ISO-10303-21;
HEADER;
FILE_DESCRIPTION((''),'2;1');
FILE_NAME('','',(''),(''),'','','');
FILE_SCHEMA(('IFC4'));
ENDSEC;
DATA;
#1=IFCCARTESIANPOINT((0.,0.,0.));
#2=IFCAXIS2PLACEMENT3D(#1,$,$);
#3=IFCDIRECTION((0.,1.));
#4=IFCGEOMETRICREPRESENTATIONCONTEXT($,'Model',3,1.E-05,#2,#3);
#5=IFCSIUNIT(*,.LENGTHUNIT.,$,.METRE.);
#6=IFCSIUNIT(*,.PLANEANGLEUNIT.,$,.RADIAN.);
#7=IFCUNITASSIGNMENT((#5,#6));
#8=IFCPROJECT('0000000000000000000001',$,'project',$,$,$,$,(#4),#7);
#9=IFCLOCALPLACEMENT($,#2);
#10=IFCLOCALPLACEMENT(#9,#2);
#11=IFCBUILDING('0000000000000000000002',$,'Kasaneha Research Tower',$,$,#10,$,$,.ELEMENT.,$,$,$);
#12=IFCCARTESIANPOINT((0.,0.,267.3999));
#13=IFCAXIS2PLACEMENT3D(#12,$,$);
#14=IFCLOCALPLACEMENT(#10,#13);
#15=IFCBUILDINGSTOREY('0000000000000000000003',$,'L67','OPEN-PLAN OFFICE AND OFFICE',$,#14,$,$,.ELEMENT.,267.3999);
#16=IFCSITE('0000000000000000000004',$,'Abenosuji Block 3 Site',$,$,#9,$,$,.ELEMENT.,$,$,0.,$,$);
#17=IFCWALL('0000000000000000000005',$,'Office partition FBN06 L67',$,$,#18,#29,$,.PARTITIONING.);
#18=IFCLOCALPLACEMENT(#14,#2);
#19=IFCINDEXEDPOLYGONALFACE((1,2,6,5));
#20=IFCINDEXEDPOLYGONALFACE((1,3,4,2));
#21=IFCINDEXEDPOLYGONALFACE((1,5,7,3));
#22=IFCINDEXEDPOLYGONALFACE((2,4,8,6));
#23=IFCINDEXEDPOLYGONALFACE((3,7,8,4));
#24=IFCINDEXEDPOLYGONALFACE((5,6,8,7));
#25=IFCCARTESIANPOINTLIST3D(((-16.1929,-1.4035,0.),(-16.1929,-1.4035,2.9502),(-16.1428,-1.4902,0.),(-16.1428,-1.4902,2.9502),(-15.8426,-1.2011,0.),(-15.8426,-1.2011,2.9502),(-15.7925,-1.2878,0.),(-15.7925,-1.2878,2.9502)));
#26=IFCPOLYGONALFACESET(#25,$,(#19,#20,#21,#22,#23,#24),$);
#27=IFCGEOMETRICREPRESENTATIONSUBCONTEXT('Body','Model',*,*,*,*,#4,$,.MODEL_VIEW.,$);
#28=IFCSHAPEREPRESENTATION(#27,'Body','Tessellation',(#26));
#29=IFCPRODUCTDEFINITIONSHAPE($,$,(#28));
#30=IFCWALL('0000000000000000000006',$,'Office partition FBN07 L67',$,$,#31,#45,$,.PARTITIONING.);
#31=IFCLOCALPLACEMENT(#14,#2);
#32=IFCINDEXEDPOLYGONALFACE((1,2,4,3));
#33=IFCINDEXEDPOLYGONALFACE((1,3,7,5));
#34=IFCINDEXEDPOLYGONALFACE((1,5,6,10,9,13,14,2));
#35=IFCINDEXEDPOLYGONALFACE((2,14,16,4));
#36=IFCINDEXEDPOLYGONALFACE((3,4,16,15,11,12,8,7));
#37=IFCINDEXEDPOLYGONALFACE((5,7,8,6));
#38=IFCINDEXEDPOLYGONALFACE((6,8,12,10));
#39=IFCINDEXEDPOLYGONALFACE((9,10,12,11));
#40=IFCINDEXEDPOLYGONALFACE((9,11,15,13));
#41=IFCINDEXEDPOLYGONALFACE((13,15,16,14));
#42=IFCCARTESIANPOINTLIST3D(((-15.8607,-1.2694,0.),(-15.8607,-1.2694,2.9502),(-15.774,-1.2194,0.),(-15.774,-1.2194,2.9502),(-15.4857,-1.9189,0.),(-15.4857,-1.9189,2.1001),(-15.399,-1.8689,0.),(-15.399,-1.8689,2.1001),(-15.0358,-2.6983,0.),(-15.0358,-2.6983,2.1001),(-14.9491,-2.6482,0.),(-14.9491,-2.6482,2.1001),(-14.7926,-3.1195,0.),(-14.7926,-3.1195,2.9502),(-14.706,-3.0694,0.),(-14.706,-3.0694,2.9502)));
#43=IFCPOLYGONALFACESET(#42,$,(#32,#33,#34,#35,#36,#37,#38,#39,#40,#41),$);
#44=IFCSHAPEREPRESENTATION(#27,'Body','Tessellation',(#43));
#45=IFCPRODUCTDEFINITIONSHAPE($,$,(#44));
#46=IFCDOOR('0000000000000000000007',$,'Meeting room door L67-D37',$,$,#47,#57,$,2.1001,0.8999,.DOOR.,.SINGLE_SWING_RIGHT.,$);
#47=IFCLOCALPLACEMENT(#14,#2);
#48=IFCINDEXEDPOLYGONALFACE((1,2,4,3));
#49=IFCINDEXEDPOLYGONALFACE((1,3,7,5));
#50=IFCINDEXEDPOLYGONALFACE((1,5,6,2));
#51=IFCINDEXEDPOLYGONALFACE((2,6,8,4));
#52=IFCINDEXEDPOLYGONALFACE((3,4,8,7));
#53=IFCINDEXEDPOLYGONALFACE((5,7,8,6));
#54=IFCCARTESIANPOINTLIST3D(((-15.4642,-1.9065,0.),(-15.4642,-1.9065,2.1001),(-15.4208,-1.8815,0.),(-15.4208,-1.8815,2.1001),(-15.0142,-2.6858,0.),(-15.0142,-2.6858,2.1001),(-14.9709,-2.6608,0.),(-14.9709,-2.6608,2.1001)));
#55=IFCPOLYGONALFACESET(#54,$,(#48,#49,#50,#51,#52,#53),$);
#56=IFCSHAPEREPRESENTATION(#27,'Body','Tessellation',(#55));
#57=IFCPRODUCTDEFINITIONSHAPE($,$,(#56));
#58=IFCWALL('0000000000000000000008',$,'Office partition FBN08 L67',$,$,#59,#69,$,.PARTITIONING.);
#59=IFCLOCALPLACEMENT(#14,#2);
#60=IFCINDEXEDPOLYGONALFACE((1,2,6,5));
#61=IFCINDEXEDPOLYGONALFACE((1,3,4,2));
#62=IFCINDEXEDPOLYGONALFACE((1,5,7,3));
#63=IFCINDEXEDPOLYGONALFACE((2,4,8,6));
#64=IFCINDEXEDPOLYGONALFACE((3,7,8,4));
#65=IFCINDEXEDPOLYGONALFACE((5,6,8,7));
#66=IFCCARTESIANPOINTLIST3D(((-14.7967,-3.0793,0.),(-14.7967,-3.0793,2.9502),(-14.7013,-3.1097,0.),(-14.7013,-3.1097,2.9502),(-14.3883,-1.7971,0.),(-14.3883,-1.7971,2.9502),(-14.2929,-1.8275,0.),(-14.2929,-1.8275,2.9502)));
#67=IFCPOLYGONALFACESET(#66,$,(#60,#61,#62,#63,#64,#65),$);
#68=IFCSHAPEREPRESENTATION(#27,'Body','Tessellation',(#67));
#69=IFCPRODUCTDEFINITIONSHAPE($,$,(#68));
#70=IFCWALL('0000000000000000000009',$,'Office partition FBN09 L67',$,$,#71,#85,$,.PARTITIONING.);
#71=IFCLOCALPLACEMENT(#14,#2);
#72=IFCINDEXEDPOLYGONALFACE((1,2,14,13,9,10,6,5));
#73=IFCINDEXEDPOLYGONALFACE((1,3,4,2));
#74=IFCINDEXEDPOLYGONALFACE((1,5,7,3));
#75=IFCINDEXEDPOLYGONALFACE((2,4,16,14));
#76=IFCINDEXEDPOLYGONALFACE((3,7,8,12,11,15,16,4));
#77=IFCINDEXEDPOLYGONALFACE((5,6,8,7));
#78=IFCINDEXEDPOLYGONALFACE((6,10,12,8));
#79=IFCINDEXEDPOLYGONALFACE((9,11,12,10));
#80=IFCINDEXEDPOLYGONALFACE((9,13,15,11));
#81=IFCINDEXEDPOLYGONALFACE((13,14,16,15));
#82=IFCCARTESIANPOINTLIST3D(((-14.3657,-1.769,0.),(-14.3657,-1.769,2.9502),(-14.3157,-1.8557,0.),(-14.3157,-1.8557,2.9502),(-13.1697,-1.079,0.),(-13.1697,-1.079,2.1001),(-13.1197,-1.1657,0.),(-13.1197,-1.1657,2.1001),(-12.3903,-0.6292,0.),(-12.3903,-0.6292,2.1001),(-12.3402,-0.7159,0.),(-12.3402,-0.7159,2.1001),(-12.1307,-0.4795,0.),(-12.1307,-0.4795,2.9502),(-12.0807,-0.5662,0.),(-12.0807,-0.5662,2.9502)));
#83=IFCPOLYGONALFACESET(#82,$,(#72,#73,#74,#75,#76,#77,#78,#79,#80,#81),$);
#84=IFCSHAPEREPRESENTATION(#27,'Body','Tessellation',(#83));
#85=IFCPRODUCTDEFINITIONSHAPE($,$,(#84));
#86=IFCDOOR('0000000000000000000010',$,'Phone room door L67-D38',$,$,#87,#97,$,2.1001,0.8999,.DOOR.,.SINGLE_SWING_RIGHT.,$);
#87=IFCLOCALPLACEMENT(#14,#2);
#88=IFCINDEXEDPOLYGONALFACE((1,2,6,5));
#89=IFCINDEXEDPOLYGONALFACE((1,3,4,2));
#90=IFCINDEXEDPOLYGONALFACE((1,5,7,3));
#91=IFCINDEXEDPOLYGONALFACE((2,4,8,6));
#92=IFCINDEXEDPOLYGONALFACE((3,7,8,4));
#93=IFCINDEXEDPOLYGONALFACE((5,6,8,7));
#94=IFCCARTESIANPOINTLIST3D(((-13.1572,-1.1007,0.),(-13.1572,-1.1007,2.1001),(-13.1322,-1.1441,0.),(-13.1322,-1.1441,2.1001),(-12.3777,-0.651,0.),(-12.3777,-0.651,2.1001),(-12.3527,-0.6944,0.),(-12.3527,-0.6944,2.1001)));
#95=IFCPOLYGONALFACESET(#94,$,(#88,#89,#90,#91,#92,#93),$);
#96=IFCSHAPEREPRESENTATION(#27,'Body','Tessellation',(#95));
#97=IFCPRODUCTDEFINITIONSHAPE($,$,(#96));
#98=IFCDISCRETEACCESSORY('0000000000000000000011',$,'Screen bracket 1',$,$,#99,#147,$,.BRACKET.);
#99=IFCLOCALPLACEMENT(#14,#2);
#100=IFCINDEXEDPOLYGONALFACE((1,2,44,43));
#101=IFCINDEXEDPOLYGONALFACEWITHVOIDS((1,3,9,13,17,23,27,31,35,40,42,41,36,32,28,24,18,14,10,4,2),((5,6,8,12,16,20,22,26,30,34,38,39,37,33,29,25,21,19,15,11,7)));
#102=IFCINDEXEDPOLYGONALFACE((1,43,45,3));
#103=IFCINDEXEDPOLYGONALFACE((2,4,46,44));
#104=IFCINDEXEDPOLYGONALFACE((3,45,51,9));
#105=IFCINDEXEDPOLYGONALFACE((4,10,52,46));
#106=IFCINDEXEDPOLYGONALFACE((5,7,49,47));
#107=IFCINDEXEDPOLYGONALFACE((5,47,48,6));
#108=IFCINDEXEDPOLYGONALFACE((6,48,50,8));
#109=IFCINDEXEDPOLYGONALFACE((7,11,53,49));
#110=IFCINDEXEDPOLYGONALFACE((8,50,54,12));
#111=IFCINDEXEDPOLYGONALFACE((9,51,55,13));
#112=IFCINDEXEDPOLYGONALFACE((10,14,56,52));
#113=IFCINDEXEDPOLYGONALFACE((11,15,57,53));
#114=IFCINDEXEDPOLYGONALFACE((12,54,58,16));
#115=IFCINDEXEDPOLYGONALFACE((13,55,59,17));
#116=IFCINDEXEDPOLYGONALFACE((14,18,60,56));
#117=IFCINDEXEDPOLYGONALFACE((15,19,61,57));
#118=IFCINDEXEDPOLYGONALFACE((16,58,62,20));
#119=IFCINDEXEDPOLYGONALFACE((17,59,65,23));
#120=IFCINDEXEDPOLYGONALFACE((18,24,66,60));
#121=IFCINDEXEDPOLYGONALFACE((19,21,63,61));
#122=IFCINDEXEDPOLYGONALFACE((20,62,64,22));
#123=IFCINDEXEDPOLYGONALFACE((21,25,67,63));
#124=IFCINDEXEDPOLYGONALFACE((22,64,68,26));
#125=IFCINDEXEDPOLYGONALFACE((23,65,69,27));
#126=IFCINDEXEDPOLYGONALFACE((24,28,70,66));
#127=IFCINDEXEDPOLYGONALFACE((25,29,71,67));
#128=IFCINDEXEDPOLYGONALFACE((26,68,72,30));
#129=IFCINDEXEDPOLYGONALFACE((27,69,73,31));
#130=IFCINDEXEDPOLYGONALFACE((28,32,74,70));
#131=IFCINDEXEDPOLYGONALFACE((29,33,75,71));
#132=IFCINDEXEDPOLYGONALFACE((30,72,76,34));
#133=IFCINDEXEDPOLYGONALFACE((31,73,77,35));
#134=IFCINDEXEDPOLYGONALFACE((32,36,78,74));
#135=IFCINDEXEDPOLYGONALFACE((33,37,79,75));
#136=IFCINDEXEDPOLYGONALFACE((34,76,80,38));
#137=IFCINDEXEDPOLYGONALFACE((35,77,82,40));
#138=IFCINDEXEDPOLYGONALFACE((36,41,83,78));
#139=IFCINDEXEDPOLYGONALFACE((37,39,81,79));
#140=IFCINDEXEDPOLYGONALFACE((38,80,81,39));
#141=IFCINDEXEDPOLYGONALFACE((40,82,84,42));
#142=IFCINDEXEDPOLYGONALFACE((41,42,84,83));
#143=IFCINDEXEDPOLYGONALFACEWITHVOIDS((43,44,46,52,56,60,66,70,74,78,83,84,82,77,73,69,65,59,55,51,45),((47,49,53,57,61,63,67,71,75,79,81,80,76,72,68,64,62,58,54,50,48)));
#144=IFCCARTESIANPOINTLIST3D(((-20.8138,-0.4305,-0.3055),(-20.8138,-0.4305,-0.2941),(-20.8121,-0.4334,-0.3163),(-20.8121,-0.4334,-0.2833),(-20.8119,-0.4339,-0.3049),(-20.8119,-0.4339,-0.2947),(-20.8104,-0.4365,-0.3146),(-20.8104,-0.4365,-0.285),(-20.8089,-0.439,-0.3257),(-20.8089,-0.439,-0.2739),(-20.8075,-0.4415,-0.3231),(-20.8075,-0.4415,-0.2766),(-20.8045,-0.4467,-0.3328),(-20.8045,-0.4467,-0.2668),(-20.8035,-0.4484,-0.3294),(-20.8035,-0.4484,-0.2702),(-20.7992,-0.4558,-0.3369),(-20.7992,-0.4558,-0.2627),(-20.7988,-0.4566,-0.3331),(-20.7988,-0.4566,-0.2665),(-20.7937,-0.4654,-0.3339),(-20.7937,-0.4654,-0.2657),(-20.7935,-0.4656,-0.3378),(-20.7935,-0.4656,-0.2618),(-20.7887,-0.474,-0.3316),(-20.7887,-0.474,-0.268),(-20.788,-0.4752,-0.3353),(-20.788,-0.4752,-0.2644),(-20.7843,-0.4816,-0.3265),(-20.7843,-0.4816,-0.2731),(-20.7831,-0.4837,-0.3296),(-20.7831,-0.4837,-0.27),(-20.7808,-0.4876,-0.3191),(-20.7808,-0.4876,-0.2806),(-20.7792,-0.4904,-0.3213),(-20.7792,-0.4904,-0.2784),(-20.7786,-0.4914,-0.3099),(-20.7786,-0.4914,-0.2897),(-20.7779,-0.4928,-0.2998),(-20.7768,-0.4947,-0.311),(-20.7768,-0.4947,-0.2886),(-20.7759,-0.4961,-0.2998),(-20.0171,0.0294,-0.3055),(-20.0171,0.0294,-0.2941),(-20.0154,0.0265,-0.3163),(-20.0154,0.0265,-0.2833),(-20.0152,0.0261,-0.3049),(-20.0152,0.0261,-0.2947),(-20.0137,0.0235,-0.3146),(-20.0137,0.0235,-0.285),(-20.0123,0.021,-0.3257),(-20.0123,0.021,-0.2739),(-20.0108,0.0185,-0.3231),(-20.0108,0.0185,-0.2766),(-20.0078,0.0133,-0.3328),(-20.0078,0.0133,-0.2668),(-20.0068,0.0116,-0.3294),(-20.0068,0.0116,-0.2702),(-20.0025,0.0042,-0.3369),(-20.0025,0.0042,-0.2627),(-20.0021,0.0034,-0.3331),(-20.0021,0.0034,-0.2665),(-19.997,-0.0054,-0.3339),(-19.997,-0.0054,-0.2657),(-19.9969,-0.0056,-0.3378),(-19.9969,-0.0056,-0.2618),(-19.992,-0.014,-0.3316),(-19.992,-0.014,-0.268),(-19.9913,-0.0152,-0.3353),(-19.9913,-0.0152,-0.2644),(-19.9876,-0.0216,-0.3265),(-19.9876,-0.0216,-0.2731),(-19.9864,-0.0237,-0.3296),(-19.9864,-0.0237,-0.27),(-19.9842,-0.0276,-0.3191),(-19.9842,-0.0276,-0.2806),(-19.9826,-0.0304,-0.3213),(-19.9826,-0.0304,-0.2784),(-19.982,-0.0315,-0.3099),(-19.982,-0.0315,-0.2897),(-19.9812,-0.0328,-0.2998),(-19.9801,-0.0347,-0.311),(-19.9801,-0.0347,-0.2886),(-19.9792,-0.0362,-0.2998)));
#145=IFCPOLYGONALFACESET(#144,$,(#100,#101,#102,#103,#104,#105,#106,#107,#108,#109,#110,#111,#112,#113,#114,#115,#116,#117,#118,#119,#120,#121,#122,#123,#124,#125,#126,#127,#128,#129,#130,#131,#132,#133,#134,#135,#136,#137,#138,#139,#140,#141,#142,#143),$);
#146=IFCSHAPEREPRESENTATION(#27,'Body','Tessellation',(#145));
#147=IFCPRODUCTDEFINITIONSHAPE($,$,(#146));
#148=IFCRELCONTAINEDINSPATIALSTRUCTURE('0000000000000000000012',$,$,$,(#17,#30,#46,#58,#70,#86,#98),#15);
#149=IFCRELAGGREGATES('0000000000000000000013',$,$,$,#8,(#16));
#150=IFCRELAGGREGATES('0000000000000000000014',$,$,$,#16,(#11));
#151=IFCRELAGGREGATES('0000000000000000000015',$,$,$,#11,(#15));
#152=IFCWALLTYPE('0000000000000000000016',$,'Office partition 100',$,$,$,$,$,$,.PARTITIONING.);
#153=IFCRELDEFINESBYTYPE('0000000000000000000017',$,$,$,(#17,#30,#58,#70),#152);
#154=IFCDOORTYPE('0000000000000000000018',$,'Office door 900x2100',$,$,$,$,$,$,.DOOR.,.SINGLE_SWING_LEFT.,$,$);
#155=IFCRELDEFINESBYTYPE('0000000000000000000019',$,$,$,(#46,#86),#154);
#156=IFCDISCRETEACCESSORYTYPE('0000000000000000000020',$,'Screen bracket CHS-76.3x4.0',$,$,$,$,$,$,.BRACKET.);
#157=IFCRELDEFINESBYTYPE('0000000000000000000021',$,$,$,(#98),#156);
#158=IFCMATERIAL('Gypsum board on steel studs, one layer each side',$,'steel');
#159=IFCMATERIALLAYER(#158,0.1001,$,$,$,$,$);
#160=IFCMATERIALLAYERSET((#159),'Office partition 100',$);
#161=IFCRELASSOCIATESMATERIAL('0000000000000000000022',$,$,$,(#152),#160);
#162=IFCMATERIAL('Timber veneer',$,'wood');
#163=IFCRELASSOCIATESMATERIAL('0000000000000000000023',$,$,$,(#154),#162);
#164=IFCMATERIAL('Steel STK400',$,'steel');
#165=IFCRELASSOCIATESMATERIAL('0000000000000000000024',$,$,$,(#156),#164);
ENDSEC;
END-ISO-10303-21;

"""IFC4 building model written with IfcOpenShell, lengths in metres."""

from ifc_helpers import new_model, si_unit, direction, frame, frame_2d, origin, origin_2d, place, context, subcontext, project, spatial, rectangle, hollow_circle, extrude, material, layer, layer_set, material_profile, profile_set, type_object, element, fill, save


model = new_model("IFC4")

# Units and contexts
model_context = context("Model", 3, precision=1e-05, world=origin(), true_north=direction((0.0, 1.0)))
body_context = subcontext(model_context, "Body", "Model", "MODEL_VIEW")
ifc_project = project(units=[si_unit("LENGTHUNIT", "METRE"), si_unit("PLANEANGLEUNIT", "RADIAN")], contexts=[model_context])

# Site, building, storey
site_placement = place(None, origin())
site = spatial("IfcSite", under=ifc_project, at=site_placement, Name="Abenosuji Block 3 Site", CompositionType="ELEMENT", RefElevation=0.0)
building_placement = place(site_placement, origin())
building = spatial("IfcBuilding", under=site, at=building_placement, Name="Kasaneha Research Tower", CompositionType="ELEMENT")
storey_placement = place(building_placement, frame((0.0, 0.0, 267.3999)))
storey = spatial("IfcBuildingStorey", under=building, at=storey_placement, Name="L67", Description="OPEN-PLAN OFFICE AND OFFICE", CompositionType="ELEMENT", Elevation=267.3999)

# Wall
ifc_material_1 = material(Name="Gypsum board on steel studs, one layer each side", Category="steel")
ifc_layer_1 = layer(ifc_material_1, 0.1001)
ifc_layer_set_1 = layer_set([ifc_layer_1], Name="Office partition 100")
wall_type_1 = type_object("IfcWallType", Name="Office partition 100", PredefinedType="PARTITIONING", material=ifc_layer_set_1)
wall_1_placement = place(storey_placement, frame((-16.1677, -1.4468, 0.0), z_axis=(0.0, 0.0, 1.0), x_axis=(0.865894, 0.500227, 0.0)))
element("IfcWall", 1, at=wall_1_placement, inside=storey, type_object=wall_type_1, Name="Office partition FBN06 L67", PredefinedType="PARTITIONING", context=body_context, shape_type="SweptSolid", body=[
    extrude(rectangle(XDim=0.4045, YDim=0.1001, at=frame_2d((0.2021, 0.0))), origin(), (0.0, 0.0, 1.0), 2.9502),
])

# Wall, opening, door
wall_2_placement = place(storey_placement, frame((-15.8174, -1.2444, 0.0), z_axis=(0.0, 0.0, 1.0), x_axis=(0.499986, -0.866033, 0.0)))
wall_2 = element("IfcWall", 2, at=wall_2_placement, inside=storey, type_object=wall_type_1, Name="Office partition FBN07 L67", PredefinedType="PARTITIONING", context=body_context, shape_type="SweptSolid", body=[
    extrude(rectangle(XDim=2.1362, YDim=0.1001, at=frame_2d((1.0681, 0.0))), origin(), (0.0, 0.0, 1.0), 2.9502),
])
opening_1_placement = place(wall_2_placement, frame((0.75, 0.0, 0.0)))
opening_1 = element("IfcOpeningElement", 3, at=opening_1_placement, cuts=wall_2, PredefinedType="OPENING", context=body_context, shape_type="SweptSolid", body=[
    extrude(rectangle(XDim=0.8999, YDim=2.1001, at=frame_2d((0.45, 1.05))), frame((0.0, 0.0601, 0.0), z_axis=(0.0, -1.0, 0.0), x_axis=(1.0, 0.0, 0.0)), (0.0, 0.0, 1.0), 0.1201),
])
ifc_material_2 = material(Name="Timber veneer", Category="wood")
door_type_1 = type_object("IfcDoorType", Name="Office door 900x2100", OperationType="SINGLE_SWING_LEFT", PredefinedType="DOOR", material=ifc_material_2)
door_1_placement = place(opening_1_placement, origin())
door_1 = element("IfcDoor", 4, at=door_1_placement, inside=storey, type_object=door_type_1, Name="Meeting room door L67-D37", OperationType="SINGLE_SWING_RIGHT", OverallHeight=2.1001, OverallWidth=0.8999, PredefinedType="DOOR", context=body_context, shape_type="SweptSolid", body=[
    extrude(rectangle(XDim=0.8999, YDim=2.1001, at=frame_2d((0.45, 1.05))), frame((0.0, 0.0249, 0.0), z_axis=(0.0, -1.0, 0.0), x_axis=(1.0, 0.0, 0.0)), (0.0, 0.0, 1.0), 0.05),
])
fill(opening_1, door_1)

# Wall
wall_3_placement = place(storey_placement, frame((-14.749, -3.0945, 0.0), z_axis=(0.0, 0.0, 1.0), x_axis=(0.303518, 0.952826, 0.0)))
element("IfcWall", 5, at=wall_3_placement, inside=storey, type_object=wall_type_1, Name="Office partition FBN08 L67", PredefinedType="PARTITIONING", context=body_context, shape_type="SweptSolid", body=[
    extrude(rectangle(XDim=1.3457, YDim=0.1001, at=frame_2d((0.6729, 0.0))), origin(), (0.0, 0.0, 1.0), 2.9502),
])

# Wall, opening, door
wall_4_placement = place(storey_placement, frame((-14.3406, -1.8123, 0.0), z_axis=(0.0, 0.0, 1.0), x_axis=(0.866175, 0.499742, 0.0)))
wall_4 = element("IfcWall", 6, at=wall_4_placement, inside=storey, type_object=wall_type_1, Name="Office partition FBN09 L67", PredefinedType="PARTITIONING", context=body_context, shape_type="SweptSolid", body=[
    extrude(rectangle(XDim=2.5803, YDim=0.1001, at=frame_2d((1.29, 0.0))), origin(), (0.0, 0.0, 1.0), 2.9502),
])
opening_2_placement = place(wall_4_placement, frame((1.3806, 0.0, 0.0)))
opening_2 = element("IfcOpeningElement", 7, at=opening_2_placement, cuts=wall_4, PredefinedType="OPENING", context=body_context, shape_type="SweptSolid", body=[
    extrude(rectangle(XDim=0.8999, YDim=2.1001, at=frame_2d((0.45, 1.05))), frame((0.0, 0.0601, 0.0), z_axis=(0.0, -1.0, 0.0), x_axis=(1.0, 0.0, 0.0)), (0.0, 0.0, 1.0), 0.1201),
])
door_2_placement = place(opening_2_placement, origin())
door_2 = element("IfcDoor", 8, at=door_2_placement, inside=storey, type_object=door_type_1, Name="Phone room door L67-D38", OperationType="SINGLE_SWING_RIGHT", OverallHeight=2.1001, OverallWidth=0.8999, PredefinedType="DOOR", context=body_context, shape_type="SweptSolid", body=[
    extrude(rectangle(XDim=0.8999, YDim=2.1001, at=frame_2d((0.45, 1.05))), frame((0.0, 0.0249, 0.0), z_axis=(0.0, -1.0, 0.0), x_axis=(1.0, 0.0, 0.0)), (0.0, 0.0, 1.0), 0.05),
])
fill(opening_2, door_2)

# Discrete accessory
ifc_material_3 = material(Name="Steel STK400", Category="steel")
ifc_material_profile_1 = material_profile(ifc_material_3, hollow_circle(Radius=0.0381, WallThickness=0.0039, at=origin_2d()), Name="CHS-76.3x4.0")
ifc_profile_set_1 = profile_set([ifc_material_profile_1], Name="Steel STK400")
discrete_accessory_type = type_object("IfcDiscreteAccessoryType", Name="Screen bracket CHS-76.3x4.0", PredefinedType="BRACKET", material=ifc_profile_set_1)
discrete_accessory_placement = place(storey_placement, frame((-19.9983, -0.0032, -0.2998), z_axis=(-0.866013, -0.500021, 0.0), x_axis=(0.500021, -0.866013, 0.0)))
element("IfcDiscreteAccessory", 9, at=discrete_accessory_placement, inside=storey, type_object=discrete_accessory_type, Name="Screen bracket 1", PredefinedType="BRACKET", context=body_context, shape_type="SweptSolid", body=[
    extrude(hollow_circle(Radius=0.0381, WallThickness=0.0039, at=origin_2d()), origin(), (0.0, 0.0, 1.0), 0.9199),
])

save(model, "model.ifc")
